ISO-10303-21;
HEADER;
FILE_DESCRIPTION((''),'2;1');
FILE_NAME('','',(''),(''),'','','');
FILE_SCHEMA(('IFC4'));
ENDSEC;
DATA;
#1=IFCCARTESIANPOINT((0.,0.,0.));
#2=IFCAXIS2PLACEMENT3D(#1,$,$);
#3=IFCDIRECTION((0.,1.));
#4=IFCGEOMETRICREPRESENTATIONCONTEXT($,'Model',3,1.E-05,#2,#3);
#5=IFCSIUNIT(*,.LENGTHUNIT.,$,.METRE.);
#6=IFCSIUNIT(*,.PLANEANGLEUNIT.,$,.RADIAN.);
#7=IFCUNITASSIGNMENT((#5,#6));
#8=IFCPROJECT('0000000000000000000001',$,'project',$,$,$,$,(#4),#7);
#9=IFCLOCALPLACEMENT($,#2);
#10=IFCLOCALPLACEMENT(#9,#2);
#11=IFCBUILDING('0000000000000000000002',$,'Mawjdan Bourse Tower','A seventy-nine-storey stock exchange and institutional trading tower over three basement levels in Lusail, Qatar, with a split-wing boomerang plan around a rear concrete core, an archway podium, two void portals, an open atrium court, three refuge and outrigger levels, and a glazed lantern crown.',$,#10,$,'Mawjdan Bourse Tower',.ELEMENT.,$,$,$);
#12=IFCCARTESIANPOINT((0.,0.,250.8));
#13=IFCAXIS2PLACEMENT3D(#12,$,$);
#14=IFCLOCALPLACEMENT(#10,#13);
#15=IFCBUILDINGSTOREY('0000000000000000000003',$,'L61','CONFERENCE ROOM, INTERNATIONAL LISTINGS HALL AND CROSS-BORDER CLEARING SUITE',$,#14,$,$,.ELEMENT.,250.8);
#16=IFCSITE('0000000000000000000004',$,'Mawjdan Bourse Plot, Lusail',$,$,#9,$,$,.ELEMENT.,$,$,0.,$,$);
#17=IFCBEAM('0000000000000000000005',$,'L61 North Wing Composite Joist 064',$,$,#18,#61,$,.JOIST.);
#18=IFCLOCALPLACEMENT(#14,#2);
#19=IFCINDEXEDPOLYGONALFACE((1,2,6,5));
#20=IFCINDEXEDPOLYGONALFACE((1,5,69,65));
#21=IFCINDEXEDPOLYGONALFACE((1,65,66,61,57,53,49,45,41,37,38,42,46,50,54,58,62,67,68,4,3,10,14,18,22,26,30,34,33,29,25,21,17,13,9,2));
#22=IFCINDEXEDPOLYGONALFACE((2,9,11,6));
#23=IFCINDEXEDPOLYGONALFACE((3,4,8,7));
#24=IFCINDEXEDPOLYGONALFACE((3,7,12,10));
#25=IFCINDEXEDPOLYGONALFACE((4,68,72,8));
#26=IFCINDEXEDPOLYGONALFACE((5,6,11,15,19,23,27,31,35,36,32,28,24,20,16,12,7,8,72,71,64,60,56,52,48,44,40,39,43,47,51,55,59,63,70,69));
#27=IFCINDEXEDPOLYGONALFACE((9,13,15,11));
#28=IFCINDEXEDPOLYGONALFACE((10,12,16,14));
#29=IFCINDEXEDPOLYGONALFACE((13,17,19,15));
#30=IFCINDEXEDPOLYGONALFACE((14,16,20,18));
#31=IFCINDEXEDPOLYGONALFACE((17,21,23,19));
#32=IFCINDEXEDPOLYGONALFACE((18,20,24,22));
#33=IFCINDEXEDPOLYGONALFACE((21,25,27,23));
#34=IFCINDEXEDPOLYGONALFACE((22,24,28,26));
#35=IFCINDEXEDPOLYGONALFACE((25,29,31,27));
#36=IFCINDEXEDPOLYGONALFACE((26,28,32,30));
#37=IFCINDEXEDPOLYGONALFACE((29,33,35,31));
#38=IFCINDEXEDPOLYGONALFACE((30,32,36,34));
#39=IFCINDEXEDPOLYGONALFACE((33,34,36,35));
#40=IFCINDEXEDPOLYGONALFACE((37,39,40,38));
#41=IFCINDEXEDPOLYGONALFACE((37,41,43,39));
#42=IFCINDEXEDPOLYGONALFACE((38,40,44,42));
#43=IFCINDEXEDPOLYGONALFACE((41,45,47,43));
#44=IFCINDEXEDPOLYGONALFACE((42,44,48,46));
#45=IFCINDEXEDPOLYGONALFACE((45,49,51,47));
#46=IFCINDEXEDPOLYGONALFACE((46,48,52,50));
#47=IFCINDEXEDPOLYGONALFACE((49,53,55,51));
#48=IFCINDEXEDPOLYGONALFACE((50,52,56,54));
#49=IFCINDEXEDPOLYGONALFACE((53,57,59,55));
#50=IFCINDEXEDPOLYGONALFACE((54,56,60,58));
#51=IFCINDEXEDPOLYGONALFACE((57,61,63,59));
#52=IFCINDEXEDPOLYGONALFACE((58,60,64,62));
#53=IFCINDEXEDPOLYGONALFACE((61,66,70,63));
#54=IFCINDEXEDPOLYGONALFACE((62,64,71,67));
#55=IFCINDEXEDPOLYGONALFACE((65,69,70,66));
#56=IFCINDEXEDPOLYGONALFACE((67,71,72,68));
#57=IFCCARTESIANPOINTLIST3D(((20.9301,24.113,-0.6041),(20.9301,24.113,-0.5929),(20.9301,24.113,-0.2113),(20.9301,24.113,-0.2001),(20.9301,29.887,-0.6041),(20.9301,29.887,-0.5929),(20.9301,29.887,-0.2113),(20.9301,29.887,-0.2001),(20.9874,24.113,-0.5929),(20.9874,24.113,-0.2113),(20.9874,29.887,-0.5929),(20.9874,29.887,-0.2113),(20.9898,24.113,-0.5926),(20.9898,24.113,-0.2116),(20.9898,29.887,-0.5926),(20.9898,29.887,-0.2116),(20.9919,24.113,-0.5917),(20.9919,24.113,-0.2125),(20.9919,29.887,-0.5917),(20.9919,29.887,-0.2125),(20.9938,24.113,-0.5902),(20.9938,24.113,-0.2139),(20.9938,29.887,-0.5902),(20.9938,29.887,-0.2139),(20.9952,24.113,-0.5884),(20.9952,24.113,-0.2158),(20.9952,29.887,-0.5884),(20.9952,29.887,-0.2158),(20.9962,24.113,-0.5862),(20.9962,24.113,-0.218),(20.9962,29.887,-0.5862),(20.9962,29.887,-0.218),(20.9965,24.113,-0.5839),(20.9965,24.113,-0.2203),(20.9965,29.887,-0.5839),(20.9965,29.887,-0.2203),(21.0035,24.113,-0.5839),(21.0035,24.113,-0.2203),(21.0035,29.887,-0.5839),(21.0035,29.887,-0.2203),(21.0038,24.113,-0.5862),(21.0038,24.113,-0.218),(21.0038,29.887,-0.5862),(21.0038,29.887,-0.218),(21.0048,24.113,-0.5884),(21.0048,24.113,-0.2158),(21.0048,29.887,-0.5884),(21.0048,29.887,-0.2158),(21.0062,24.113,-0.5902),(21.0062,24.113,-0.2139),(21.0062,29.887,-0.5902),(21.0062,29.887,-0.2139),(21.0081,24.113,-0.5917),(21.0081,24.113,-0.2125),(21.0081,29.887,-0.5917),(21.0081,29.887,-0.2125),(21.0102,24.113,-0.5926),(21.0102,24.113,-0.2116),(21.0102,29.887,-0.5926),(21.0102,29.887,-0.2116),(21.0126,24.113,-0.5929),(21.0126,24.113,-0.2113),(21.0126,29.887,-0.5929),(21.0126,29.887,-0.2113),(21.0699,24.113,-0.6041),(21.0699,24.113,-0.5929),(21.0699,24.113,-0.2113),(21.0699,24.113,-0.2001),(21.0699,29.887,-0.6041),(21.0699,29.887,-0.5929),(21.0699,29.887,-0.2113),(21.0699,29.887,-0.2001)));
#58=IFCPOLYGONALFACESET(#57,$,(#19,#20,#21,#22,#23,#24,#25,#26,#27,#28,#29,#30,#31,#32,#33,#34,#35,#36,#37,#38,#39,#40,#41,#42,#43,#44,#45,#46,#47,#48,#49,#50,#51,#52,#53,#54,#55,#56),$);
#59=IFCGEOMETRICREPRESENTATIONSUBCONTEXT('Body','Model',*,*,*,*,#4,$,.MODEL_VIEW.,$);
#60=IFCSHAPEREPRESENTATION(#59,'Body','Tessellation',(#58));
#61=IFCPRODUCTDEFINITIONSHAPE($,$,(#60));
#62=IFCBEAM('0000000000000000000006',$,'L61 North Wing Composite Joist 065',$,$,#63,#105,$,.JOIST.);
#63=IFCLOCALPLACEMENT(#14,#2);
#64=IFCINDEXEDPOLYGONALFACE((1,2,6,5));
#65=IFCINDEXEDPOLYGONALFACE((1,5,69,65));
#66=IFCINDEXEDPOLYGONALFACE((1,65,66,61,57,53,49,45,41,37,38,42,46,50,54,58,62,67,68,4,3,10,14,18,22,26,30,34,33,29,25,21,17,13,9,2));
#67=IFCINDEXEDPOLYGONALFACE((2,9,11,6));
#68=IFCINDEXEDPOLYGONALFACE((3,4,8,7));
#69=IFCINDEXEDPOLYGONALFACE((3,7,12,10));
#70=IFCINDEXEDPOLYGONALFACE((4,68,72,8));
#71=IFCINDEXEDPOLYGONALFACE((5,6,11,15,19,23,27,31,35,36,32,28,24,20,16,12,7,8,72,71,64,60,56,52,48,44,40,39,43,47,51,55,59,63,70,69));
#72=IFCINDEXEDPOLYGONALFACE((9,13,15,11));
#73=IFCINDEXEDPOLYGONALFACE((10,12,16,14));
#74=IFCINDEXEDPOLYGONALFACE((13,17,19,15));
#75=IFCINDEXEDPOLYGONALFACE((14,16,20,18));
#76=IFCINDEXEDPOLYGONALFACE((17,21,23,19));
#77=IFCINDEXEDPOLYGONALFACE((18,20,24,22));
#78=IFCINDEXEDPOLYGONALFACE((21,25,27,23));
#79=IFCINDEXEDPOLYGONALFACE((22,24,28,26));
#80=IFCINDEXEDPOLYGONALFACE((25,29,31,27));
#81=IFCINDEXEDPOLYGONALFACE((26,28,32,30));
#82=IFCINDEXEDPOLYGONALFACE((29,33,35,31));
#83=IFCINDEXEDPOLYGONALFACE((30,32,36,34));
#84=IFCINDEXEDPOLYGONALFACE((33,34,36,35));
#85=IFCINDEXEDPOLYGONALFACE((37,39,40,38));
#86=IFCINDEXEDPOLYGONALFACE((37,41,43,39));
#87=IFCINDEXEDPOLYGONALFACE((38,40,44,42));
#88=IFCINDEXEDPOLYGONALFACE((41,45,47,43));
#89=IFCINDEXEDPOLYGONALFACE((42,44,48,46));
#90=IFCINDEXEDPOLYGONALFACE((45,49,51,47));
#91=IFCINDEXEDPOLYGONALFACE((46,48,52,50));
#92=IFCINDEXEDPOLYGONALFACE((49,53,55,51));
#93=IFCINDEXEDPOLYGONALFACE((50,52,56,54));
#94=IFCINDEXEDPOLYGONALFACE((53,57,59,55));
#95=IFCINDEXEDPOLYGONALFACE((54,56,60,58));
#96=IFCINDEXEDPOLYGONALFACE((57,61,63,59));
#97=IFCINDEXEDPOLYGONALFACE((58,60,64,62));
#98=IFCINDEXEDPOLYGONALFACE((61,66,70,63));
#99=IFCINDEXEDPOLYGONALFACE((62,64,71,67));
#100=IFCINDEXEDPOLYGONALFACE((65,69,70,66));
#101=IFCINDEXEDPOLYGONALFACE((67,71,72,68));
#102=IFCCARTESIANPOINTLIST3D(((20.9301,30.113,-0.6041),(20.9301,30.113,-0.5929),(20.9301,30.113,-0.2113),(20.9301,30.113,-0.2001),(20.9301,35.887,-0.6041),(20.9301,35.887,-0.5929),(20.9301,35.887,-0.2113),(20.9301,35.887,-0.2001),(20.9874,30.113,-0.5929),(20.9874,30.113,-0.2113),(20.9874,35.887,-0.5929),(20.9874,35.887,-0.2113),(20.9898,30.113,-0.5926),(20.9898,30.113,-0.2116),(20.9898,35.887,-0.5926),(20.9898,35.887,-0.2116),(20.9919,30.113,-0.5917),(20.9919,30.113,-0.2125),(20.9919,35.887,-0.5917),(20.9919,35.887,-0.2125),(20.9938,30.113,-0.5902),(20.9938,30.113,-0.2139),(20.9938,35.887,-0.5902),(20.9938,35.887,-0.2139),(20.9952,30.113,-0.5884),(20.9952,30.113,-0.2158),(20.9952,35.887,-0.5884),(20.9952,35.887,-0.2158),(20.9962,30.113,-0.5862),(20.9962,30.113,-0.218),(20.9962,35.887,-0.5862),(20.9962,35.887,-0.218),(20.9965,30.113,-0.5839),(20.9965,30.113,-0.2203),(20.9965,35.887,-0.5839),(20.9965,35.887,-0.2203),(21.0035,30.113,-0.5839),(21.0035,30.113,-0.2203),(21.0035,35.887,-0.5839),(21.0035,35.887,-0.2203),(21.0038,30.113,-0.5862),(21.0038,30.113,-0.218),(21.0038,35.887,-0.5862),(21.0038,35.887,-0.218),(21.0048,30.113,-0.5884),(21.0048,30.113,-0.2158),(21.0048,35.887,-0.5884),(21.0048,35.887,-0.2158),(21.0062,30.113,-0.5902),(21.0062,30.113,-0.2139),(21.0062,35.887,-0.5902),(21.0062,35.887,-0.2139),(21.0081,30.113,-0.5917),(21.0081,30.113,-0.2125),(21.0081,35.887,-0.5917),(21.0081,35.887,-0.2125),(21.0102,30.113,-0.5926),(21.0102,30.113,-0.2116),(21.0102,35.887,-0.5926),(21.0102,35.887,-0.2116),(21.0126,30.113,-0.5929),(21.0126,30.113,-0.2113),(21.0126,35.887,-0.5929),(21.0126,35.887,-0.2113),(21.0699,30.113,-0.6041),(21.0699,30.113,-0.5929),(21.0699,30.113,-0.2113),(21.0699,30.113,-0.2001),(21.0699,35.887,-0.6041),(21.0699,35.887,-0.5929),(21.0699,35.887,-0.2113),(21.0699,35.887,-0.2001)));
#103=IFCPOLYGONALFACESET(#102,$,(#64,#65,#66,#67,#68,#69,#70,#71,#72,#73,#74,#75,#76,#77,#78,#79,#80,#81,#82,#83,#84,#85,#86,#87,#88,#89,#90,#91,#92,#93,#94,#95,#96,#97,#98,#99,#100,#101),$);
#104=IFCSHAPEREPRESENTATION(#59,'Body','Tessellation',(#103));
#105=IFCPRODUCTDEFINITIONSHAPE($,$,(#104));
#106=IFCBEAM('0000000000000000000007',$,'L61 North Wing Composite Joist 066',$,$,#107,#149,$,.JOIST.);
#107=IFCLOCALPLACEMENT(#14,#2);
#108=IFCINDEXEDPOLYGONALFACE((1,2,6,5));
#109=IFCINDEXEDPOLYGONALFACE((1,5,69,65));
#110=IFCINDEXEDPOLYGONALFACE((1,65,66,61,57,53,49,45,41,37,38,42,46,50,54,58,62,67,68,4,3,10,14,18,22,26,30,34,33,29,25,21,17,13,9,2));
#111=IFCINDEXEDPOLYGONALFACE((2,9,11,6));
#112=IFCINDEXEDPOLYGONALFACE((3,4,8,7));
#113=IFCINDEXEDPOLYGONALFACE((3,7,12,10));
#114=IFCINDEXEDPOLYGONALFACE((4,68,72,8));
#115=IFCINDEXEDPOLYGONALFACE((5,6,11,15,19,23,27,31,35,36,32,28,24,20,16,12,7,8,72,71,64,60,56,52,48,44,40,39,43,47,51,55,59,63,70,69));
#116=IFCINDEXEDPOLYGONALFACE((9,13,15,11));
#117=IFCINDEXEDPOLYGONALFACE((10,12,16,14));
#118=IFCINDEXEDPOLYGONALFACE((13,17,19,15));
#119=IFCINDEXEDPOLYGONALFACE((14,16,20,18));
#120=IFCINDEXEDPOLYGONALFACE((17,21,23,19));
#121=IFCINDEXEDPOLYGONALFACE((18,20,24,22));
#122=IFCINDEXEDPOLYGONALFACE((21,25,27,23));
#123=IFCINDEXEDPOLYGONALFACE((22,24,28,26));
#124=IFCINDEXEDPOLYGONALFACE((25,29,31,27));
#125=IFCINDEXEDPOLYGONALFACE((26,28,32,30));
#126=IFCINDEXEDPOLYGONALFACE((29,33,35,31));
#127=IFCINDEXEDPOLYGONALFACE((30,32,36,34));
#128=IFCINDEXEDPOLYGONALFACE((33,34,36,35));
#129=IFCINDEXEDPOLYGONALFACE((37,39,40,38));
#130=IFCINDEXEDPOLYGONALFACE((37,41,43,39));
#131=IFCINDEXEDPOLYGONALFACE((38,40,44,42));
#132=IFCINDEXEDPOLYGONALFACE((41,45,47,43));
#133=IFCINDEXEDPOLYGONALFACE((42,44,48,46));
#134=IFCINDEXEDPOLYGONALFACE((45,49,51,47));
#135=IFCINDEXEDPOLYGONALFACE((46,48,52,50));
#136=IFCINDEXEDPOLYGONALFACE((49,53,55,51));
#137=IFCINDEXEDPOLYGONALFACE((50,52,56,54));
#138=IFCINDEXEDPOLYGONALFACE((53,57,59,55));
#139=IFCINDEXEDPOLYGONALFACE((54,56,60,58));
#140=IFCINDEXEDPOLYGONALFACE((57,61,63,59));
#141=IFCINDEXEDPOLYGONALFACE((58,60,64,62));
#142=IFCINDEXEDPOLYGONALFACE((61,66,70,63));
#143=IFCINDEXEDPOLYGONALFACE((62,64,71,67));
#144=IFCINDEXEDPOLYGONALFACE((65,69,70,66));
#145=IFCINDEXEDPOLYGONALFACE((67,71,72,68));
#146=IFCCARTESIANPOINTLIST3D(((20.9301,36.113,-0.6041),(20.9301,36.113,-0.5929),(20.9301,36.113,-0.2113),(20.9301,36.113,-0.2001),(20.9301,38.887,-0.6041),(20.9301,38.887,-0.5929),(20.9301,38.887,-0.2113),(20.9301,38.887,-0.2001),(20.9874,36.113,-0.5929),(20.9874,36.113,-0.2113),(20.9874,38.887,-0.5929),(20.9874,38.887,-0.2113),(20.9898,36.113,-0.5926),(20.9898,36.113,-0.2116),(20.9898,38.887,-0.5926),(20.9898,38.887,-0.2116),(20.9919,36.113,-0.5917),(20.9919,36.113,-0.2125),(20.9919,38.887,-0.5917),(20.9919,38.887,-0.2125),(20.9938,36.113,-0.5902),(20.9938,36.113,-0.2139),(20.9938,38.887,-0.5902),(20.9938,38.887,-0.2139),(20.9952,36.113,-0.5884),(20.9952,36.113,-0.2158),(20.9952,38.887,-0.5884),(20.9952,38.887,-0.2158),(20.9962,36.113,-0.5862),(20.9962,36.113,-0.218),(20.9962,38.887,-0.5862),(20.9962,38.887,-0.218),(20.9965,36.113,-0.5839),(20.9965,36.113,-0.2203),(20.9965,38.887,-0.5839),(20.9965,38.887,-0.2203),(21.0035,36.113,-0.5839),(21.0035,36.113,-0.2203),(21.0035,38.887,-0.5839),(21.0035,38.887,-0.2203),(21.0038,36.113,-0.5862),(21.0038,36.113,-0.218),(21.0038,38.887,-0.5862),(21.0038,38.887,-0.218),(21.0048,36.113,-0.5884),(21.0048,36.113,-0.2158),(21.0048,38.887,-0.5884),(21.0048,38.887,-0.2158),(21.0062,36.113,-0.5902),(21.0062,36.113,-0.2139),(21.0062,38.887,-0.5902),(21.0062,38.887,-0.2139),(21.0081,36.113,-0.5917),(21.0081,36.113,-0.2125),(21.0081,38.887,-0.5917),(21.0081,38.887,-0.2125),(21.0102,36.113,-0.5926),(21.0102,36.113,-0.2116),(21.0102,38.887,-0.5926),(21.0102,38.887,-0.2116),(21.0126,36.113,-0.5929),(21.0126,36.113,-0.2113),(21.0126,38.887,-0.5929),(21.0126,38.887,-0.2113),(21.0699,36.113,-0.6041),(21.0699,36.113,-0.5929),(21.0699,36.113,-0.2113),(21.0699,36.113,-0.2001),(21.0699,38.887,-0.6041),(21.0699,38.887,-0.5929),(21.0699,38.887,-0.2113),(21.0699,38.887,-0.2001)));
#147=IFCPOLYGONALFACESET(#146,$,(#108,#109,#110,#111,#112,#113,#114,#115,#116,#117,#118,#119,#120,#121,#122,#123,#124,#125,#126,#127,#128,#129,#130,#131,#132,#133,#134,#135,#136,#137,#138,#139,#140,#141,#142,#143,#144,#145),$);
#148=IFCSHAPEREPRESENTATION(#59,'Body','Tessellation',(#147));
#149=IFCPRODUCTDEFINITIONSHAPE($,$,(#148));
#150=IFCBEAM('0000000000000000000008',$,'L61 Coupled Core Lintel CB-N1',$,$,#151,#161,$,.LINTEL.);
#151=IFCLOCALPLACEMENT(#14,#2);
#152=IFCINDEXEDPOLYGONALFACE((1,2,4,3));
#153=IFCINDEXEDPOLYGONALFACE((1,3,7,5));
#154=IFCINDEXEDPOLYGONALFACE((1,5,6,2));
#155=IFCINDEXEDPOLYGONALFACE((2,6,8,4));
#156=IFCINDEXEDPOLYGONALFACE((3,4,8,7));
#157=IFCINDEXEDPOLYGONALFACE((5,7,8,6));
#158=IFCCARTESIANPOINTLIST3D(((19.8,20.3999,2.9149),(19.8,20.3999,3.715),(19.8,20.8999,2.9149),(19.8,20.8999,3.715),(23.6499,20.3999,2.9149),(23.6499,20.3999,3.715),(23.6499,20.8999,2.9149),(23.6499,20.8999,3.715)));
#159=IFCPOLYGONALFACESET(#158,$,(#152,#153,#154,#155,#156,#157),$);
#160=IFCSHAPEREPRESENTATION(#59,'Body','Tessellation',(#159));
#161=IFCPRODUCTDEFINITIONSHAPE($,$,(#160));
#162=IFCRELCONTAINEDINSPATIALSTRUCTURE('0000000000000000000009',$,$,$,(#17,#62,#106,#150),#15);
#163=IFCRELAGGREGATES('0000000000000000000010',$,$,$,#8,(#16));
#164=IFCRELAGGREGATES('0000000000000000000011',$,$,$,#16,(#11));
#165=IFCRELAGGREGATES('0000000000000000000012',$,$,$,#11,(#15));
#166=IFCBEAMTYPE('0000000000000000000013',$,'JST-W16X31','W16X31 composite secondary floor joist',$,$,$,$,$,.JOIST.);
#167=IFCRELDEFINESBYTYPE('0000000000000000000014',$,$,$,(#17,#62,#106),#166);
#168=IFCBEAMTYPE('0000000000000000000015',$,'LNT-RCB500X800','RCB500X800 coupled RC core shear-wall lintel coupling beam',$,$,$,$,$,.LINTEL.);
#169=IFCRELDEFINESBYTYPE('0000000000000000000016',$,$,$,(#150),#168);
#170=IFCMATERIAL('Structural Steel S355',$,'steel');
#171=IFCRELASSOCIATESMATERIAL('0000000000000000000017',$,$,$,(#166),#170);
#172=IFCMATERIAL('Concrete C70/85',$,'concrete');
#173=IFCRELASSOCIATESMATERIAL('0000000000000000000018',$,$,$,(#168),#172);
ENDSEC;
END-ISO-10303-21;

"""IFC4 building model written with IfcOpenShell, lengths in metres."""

from ifc_helpers import new_model, si_unit, direction, frame, origin, origin_2d, place, context, subcontext, project, spatial, rectangle, i_section, extrude, material, material_profile, profile_set, type_object, element, save


model = new_model("IFC4")

# Units and contexts
model_context = context("Model", 3, precision=1e-05, world=origin(), true_north=direction((0.0, 1.0)))
body_context = subcontext(model_context, "Body", "Model", "MODEL_VIEW")
ifc_project = project(units=[si_unit("LENGTHUNIT", "METRE"), si_unit("PLANEANGLEUNIT", "RADIAN")], contexts=[model_context])

# Site, building, storey
site_placement = place(None, origin())
site = spatial("IfcSite", under=ifc_project, at=site_placement, Name="Mawjdan Bourse Plot, Lusail", CompositionType="ELEMENT", RefElevation=0.0)
building_placement = place(site_placement, origin())
building = spatial("IfcBuilding", under=site, at=building_placement, Name="Mawjdan Bourse Tower", Description="A seventy-nine-storey stock exchange and institutional trading tower over three basement levels in Lusail, Qatar, with a split-wing boomerang plan around a rear concrete core, an archway podium, two void portals, an open atrium court, three refuge and outrigger levels, and a glazed lantern crown.", LongName="Mawjdan Bourse Tower", CompositionType="ELEMENT")
storey_placement = place(building_placement, frame((0.0, 0.0, 250.8)))
storey = spatial("IfcBuildingStorey", under=building, at=storey_placement, Name="L61", Description="CONFERENCE ROOM, INTERNATIONAL LISTINGS HALL AND CROSS-BORDER CLEARING SUITE", CompositionType="ELEMENT", Elevation=250.8)

# Beams
ifc_material_1 = material(Name="Structural Steel S355", Category="steel")
ifc_material_profile_1 = material_profile(ifc_material_1, i_section(OverallWidth=0.1399, OverallDepth=0.4041, WebThickness=0.0071, FlangeThickness=0.0112, FilletRadius=0.009, at=origin_2d()), Name="W16X31")
ifc_profile_set_1 = profile_set([ifc_material_profile_1], Name="Structural Steel S355")
beam_type_1 = type_object("IfcBeamType", Name="JST-W16X31", Description="W16X31 composite secondary floor joist", PredefinedType="JOIST", material=ifc_profile_set_1)
for number, where, z_axis, x_axis, name in (
    (1, (21.0, 24.113, -0.4021), (0.0, 1.0, 0.0), (-1.0, 0.0, 0.0), "L61 North Wing Composite Joist 064"),
    (2, (21.0, 30.113, -0.4021), (0.0, 1.0, 0.0), (-1.0, 0.0, 0.0), "L61 North Wing Composite Joist 065"),
):
    element("IfcBeam", number, at=place(storey_placement, frame(where, z_axis=z_axis, x_axis=x_axis)), inside=storey, type_object=beam_type_1, Name=name, PredefinedType="JOIST", context=body_context, shape_type="SweptSolid", body=[
        extrude(i_section(OverallWidth=0.1399, OverallDepth=0.4041, WebThickness=0.0071, FlangeThickness=0.0112, FilletRadius=0.009, at=origin_2d()), origin(), (0.0, 0.0, 1.0), 5.7739),
    ])
beam_1_placement = place(storey_placement, frame((21.0, 36.113, -0.4021), z_axis=(0.0, 1.0, 0.0), x_axis=(-1.0, 0.0, 0.0)))
element("IfcBeam", 3, at=beam_1_placement, inside=storey, type_object=beam_type_1, Name="L61 North Wing Composite Joist 066", PredefinedType="JOIST", context=body_context, shape_type="SweptSolid", body=[
    extrude(i_section(OverallWidth=0.1399, OverallDepth=0.4041, WebThickness=0.0071, FlangeThickness=0.0112, FilletRadius=0.009, at=origin_2d()), origin(), (0.0, 0.0, 1.0), 2.7739),
])
ifc_material_2 = material(Name="Concrete C70/85", Category="concrete")
ifc_material_profile_2 = material_profile(ifc_material_2, rectangle(XDim=0.5, YDim=0.8, at=origin_2d()), Name="RCB500X800")
ifc_profile_set_2 = profile_set([ifc_material_profile_2], Name="Concrete C70/85")
beam_type_2 = type_object("IfcBeamType", Name="LNT-RCB500X800", Description="RCB500X800 coupled RC core shear-wall lintel coupling beam", PredefinedType="LINTEL", material=ifc_profile_set_2)
beam_2_placement = place(storey_placement, frame((19.8, 20.6499, 3.3149), z_axis=(1.0, 0.0, 0.0), x_axis=(0.0, 1.0, 0.0)))
element("IfcBeam", 4, at=beam_2_placement, inside=storey, type_object=beam_type_2, Name="L61 Coupled Core Lintel CB-N1", PredefinedType="LINTEL", context=body_context, shape_type="SweptSolid", body=[
    extrude(rectangle(XDim=0.5, YDim=0.8, at=origin_2d()), origin(), (0.0, 0.0, 1.0), 3.8499),
])

save(model, "model.ifc")
